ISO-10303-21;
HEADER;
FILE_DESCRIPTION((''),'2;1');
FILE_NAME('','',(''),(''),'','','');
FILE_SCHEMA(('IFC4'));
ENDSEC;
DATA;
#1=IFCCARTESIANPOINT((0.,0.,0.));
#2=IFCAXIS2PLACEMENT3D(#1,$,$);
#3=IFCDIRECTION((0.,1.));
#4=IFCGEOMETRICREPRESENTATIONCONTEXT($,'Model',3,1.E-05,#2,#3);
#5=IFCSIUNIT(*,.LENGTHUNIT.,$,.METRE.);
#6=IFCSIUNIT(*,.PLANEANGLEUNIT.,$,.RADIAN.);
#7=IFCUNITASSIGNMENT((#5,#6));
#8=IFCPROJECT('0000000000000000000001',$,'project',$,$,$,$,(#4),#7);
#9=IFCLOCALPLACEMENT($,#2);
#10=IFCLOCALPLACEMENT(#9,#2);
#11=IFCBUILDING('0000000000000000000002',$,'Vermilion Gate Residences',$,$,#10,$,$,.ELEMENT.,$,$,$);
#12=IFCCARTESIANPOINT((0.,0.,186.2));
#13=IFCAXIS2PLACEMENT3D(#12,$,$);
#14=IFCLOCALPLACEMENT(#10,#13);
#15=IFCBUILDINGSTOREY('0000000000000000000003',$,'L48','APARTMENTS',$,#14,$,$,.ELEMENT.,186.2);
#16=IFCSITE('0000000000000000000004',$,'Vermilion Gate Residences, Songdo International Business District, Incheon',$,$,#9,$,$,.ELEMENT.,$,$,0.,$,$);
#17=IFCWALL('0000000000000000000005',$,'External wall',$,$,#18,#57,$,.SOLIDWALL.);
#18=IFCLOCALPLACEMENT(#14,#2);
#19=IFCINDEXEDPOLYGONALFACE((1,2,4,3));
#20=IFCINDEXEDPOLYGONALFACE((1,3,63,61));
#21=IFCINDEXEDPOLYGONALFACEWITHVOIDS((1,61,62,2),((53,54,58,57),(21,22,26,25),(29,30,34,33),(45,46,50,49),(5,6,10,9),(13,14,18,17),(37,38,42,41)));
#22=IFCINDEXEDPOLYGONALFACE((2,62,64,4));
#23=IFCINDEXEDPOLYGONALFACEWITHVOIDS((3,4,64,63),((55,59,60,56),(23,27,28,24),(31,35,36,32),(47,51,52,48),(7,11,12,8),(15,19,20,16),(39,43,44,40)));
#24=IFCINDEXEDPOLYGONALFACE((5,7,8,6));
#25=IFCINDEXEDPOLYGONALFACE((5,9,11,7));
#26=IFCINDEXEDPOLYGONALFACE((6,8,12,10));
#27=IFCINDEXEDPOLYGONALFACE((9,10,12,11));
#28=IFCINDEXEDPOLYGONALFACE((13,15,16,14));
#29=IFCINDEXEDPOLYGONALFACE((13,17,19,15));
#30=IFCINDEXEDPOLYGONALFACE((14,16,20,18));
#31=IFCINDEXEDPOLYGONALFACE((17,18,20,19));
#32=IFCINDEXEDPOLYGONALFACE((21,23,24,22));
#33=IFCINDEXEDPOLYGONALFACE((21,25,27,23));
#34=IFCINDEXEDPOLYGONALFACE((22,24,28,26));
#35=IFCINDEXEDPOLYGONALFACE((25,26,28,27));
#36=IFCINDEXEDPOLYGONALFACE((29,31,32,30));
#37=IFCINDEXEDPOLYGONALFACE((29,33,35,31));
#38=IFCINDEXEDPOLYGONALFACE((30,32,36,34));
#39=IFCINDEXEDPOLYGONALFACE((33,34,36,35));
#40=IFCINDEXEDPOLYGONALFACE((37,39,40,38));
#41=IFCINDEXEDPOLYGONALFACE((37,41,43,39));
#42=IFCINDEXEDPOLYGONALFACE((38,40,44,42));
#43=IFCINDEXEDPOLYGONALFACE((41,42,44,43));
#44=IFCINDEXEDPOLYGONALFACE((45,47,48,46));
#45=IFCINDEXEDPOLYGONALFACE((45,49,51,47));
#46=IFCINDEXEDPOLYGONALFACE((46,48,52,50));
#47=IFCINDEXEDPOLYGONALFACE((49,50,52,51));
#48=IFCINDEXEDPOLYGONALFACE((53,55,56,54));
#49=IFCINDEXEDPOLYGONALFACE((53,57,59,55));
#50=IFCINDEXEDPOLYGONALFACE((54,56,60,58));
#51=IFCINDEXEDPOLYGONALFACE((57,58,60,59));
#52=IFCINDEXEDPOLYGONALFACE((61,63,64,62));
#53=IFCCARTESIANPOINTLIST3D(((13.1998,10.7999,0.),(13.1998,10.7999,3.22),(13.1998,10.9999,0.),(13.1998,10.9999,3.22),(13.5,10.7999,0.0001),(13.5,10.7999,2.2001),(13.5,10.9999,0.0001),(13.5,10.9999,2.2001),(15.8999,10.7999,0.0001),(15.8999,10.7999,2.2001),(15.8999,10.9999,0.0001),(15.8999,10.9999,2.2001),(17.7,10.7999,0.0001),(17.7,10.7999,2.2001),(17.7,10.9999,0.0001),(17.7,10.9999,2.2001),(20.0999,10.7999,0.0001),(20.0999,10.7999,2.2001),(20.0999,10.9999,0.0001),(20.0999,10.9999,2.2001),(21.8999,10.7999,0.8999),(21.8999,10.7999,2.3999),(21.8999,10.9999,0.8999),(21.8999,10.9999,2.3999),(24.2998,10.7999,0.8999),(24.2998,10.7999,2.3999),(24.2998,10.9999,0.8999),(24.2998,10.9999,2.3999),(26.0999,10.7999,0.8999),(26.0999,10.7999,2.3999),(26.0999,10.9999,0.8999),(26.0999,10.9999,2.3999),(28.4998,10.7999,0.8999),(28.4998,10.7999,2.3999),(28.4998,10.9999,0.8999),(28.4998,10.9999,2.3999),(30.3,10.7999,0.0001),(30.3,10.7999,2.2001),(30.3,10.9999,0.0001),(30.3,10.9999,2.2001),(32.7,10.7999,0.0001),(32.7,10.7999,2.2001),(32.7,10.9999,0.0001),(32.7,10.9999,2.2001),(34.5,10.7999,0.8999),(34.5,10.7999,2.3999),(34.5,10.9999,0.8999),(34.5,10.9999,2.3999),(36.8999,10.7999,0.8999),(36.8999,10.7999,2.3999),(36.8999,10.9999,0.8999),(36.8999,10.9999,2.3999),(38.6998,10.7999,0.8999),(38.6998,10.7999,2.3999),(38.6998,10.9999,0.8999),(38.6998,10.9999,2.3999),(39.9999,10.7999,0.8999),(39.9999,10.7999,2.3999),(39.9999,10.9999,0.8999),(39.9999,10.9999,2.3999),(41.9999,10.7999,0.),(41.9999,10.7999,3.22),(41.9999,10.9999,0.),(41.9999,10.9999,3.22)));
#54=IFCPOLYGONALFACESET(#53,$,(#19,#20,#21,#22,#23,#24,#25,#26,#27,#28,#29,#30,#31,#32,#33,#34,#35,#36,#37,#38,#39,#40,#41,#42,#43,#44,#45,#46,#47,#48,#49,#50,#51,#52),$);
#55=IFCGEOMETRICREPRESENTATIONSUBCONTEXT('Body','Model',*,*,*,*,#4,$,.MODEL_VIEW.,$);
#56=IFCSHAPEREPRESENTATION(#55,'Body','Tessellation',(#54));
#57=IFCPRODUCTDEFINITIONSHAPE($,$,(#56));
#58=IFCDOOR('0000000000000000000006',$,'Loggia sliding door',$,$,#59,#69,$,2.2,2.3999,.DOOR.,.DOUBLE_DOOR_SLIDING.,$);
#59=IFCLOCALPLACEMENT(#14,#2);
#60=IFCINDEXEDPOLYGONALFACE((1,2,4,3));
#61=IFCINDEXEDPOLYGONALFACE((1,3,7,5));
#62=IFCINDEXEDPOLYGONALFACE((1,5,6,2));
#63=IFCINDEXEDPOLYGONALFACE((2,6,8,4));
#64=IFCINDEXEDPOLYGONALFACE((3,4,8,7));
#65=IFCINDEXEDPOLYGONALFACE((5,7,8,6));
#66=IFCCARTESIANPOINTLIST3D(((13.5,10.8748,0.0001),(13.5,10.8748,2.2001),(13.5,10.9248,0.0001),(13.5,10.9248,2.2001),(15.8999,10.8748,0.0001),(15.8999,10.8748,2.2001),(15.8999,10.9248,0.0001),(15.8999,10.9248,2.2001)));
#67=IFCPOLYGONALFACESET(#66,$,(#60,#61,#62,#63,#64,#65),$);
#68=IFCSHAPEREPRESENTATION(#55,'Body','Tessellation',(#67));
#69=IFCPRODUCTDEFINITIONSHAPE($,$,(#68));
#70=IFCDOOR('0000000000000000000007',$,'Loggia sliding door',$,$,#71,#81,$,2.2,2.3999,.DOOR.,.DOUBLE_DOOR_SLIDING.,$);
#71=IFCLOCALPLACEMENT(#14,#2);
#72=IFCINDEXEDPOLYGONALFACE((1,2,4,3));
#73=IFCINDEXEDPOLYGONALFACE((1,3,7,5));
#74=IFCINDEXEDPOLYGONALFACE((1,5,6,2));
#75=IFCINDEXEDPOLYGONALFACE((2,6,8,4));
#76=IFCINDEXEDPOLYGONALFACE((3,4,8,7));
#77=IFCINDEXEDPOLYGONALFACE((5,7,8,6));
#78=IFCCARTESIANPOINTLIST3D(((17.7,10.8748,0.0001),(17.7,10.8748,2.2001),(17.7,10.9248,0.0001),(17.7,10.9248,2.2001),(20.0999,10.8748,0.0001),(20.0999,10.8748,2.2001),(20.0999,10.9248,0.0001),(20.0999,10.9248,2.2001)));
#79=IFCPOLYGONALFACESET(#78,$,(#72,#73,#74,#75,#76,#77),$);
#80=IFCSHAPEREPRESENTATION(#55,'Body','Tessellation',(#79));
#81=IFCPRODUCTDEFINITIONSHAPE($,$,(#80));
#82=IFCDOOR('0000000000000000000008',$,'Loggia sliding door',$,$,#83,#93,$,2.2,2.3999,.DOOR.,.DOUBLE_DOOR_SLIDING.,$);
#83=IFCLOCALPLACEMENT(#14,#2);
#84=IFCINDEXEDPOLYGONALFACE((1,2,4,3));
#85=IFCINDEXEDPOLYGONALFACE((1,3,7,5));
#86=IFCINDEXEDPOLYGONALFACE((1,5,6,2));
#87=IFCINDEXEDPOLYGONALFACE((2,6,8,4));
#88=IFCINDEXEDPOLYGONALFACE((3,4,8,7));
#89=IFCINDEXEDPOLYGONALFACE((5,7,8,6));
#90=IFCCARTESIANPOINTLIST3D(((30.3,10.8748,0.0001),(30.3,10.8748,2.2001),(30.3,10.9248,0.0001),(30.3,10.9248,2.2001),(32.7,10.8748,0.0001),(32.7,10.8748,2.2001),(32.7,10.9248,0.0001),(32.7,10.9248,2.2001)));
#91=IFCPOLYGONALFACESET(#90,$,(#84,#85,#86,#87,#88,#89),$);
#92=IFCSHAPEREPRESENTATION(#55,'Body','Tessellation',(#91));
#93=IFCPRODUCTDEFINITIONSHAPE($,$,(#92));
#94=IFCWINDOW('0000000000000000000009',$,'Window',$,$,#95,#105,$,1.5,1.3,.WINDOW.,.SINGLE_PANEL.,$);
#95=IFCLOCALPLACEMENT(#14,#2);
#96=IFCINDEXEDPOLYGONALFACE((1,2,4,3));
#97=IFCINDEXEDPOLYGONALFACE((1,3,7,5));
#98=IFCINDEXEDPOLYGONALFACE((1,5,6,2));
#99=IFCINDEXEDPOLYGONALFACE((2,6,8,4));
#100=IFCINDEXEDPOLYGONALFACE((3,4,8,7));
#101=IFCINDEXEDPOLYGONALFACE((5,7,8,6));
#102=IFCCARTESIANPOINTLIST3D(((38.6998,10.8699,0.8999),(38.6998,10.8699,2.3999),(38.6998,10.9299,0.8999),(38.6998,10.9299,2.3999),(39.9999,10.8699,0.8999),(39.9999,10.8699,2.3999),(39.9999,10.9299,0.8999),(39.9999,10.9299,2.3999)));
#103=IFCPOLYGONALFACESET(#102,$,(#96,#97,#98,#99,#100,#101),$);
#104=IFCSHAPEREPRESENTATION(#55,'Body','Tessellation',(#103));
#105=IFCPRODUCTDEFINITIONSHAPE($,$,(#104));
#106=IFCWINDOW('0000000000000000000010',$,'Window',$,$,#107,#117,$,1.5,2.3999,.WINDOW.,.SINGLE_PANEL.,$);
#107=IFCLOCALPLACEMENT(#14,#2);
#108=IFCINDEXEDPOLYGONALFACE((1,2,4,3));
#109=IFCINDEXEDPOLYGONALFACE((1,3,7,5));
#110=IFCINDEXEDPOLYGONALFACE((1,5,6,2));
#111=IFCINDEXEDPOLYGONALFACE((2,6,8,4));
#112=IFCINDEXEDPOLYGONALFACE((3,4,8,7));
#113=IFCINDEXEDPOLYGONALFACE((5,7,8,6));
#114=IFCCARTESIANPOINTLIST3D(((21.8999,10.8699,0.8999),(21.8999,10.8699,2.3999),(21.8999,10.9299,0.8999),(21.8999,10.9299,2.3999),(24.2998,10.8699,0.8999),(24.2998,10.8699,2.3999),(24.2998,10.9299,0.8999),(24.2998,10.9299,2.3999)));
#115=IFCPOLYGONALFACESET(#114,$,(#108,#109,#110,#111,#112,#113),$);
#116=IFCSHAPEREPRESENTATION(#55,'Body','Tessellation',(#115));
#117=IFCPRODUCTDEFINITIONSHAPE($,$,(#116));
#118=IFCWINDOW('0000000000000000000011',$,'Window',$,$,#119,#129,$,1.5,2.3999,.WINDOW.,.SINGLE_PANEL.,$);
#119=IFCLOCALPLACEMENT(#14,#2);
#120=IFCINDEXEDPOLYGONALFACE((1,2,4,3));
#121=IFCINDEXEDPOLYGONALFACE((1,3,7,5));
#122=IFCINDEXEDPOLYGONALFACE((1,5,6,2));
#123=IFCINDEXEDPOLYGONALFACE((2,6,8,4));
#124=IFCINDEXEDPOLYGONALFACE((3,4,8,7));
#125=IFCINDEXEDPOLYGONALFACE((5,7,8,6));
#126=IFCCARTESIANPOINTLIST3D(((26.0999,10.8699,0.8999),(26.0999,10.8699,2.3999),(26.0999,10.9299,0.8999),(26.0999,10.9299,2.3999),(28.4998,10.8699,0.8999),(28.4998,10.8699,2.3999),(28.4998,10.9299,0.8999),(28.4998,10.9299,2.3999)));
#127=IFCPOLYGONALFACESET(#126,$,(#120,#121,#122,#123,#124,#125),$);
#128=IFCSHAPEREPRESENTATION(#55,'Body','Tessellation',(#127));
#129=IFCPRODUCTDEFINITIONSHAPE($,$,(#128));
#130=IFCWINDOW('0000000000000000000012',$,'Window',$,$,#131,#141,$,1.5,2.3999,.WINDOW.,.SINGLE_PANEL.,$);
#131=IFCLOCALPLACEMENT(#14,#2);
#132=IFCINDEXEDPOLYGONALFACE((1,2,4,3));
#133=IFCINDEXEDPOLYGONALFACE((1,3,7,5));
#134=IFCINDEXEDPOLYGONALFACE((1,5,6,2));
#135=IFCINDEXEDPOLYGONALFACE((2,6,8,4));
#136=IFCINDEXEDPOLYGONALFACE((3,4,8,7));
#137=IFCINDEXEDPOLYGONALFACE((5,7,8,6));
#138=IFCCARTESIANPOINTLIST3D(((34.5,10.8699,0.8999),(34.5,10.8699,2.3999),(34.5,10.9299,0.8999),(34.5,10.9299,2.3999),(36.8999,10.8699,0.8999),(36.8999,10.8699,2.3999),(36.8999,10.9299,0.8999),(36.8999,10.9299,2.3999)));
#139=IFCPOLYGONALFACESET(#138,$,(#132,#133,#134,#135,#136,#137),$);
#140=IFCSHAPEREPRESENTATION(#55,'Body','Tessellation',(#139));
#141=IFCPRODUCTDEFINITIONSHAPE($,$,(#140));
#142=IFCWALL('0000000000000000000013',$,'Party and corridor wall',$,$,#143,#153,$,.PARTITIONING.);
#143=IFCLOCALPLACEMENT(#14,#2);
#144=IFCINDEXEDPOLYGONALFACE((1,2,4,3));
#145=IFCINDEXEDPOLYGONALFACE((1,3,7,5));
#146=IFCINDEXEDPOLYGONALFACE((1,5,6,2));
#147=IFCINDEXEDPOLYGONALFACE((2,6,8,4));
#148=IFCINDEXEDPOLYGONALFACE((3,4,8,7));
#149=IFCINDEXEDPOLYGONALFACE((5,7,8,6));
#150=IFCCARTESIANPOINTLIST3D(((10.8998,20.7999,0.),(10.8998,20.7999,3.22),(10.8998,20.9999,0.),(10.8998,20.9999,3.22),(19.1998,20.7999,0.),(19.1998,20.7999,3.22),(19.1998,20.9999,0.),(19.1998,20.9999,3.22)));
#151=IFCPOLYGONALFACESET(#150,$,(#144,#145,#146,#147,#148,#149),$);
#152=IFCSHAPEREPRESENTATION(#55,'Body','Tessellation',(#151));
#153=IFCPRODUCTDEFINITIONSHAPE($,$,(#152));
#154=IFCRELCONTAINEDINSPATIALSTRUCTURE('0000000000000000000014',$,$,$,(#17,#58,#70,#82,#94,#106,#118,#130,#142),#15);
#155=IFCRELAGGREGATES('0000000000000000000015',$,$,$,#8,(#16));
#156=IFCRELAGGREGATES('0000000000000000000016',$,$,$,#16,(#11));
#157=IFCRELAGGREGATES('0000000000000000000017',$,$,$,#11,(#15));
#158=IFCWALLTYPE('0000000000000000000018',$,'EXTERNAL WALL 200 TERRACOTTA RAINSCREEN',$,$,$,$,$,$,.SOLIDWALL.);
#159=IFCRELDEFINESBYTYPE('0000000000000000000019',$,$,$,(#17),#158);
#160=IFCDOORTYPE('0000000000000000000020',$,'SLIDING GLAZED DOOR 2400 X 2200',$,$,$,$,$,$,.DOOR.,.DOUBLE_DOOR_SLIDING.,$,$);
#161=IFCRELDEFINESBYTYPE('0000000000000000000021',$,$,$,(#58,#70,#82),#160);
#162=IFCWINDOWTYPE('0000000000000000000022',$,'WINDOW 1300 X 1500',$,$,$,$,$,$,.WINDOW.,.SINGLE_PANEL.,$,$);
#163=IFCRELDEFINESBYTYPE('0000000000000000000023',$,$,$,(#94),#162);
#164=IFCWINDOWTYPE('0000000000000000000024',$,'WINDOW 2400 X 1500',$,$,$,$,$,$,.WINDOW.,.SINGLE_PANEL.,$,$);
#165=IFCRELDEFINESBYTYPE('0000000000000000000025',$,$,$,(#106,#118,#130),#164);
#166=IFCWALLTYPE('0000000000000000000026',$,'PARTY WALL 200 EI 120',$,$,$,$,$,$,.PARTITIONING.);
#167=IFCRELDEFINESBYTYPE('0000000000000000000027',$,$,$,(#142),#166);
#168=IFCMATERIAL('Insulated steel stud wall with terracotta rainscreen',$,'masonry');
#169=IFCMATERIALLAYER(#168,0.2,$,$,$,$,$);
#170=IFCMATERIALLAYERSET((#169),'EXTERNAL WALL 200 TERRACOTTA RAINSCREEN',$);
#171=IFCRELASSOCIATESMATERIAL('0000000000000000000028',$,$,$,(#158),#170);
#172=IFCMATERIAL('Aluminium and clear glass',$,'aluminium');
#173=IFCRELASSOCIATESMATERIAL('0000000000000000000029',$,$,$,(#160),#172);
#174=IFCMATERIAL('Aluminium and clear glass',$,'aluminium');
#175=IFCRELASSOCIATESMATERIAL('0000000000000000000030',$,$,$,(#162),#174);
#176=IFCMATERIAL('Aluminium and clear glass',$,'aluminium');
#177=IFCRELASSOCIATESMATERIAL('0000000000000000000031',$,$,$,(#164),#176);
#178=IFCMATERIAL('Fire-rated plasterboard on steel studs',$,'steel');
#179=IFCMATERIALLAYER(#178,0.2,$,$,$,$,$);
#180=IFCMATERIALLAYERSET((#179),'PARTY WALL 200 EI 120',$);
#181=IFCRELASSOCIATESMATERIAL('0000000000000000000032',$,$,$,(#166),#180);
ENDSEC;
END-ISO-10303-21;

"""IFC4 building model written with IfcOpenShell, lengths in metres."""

from ifc_helpers import new_model, si_unit, direction, frame, frame_2d, origin, place, context, subcontext, project, spatial, rectangle, extrude, material, layer, layer_set, type_object, element, fill, save


model = new_model("IFC4")

# Units and contexts
model_context = context("Model", 3, precision=1e-05, world=origin(), true_north=direction((0.0, 1.0)))
body_context = subcontext(model_context, "Body", "Model", "MODEL_VIEW")
ifc_project = project(units=[si_unit("LENGTHUNIT", "METRE"), si_unit("PLANEANGLEUNIT", "RADIAN")], contexts=[model_context])

# Site, building, storey
site_placement = place(None, origin())
site = spatial("IfcSite", under=ifc_project, at=site_placement, Name="Vermilion Gate Residences, Songdo International Business District, Incheon", CompositionType="ELEMENT", RefElevation=0.0)
building_placement = place(site_placement, origin())
building = spatial("IfcBuilding", under=site, at=building_placement, Name="Vermilion Gate Residences", CompositionType="ELEMENT")
storey_placement = place(building_placement, frame((0.0, 0.0, 186.2)))
storey = spatial("IfcBuildingStorey", under=building, at=storey_placement, Name="L48", Description="APARTMENTS", CompositionType="ELEMENT", Elevation=186.2)

# Shared definitions
ifc_material_1 = material(Name="Insulated steel stud wall with terracotta rainscreen", Category="masonry")
ifc_layer_1 = layer(ifc_material_1, 0.2)
ifc_layer_set_1 = layer_set([ifc_layer_1], Name="EXTERNAL WALL 200 TERRACOTTA RAINSCREEN")
wall_type_1 = type_object("IfcWallType", Name="EXTERNAL WALL 200 TERRACOTTA RAINSCREEN", PredefinedType="SOLIDWALL", material=ifc_layer_set_1)

# Wall, openings, doors, windows
wall_1_placement = place(storey_placement, frame((13.2, 10.8999, 0.0), z_axis=(0.0, 0.0, 1.0), x_axis=(1.0, 0.0, 0.0)))
wall_1 = element("IfcWall", 1, at=wall_1_placement, inside=storey, type_object=wall_type_1, Name="External wall", PredefinedType="SOLIDWALL", context=body_context, shape_type="SweptSolid", body=[
    extrude(rectangle(XDim=28.8, YDim=0.2, at=frame_2d((14.3999, 0.0))), origin(), (0.0, 0.0, 1.0), 3.22),
])
opening_1_placement = place(wall_1_placement, frame((0.3, 0.0, 0.0)))
opening_1 = element("IfcOpeningElement", 2, at=opening_1_placement, cuts=wall_1, PredefinedType="OPENING", context=body_context, shape_type="SweptSolid", body=[
    extrude(rectangle(XDim=2.3999, YDim=2.2, at=frame_2d((1.2, 1.1001))), frame((0.0, 0.1099, 0.0), z_axis=(0.0, -1.0, 0.0), x_axis=(1.0, 0.0, 0.0)), (0.0, 0.0, 1.0), 0.22),
])
opening_2_placement = place(wall_1_placement, frame((4.5, 0.0, 0.0)))
opening_2 = element("IfcOpeningElement", 3, at=opening_2_placement, cuts=wall_1, PredefinedType="OPENING", context=body_context, shape_type="SweptSolid", body=[
    extrude(rectangle(XDim=2.3999, YDim=2.2, at=frame_2d((1.2, 1.1001))), frame((0.0, 0.1099, 0.0), z_axis=(0.0, -1.0, 0.0), x_axis=(1.0, 0.0, 0.0)), (0.0, 0.0, 1.0), 0.22),
])
opening_3_placement = place(wall_1_placement, frame((8.7, 0.0, 0.8999)))
opening_3 = element("IfcOpeningElement", 4, at=opening_3_placement, cuts=wall_1, PredefinedType="OPENING", context=body_context, shape_type="SweptSolid", body=[
    extrude(rectangle(XDim=2.3999, YDim=1.5, at=frame_2d((1.2, 0.75))), frame((0.0, 0.1099, 0.0), z_axis=(0.0, -1.0, 0.0), x_axis=(1.0, 0.0, 0.0)), (0.0, 0.0, 1.0), 0.22),
])
opening_4_placement = place(wall_1_placement, frame((12.8999, 0.0, 0.8999)))
opening_4 = element("IfcOpeningElement", 5, at=opening_4_placement, cuts=wall_1, PredefinedType="OPENING", context=body_context, shape_type="SweptSolid", body=[
    extrude(rectangle(XDim=2.3999, YDim=1.5, at=frame_2d((1.2, 0.75))), frame((0.0, 0.1099, 0.0), z_axis=(0.0, -1.0, 0.0), x_axis=(1.0, 0.0, 0.0)), (0.0, 0.0, 1.0), 0.22),
])
opening_5_placement = place(wall_1_placement, frame((17.1001, 0.0, 0.0)))
opening_5 = element("IfcOpeningElement", 6, at=opening_5_placement, cuts=wall_1, PredefinedType="OPENING", context=body_context, shape_type="SweptSolid", body=[
    extrude(rectangle(XDim=2.3999, YDim=2.2, at=frame_2d((1.2, 1.1001))), frame((0.0, 0.1099, 0.0), z_axis=(0.0, -1.0, 0.0), x_axis=(1.0, 0.0, 0.0)), (0.0, 0.0, 1.0), 0.22),
])
opening_6_placement = place(wall_1_placement, frame((21.3, 0.0, 0.8999)))
opening_6 = element("IfcOpeningElement", 7, at=opening_6_placement, cuts=wall_1, PredefinedType="OPENING", context=body_context, shape_type="SweptSolid", body=[
    extrude(rectangle(XDim=2.3999, YDim=1.5, at=frame_2d((1.2, 0.75))), frame((0.0, 0.1099, 0.0), z_axis=(0.0, -1.0, 0.0), x_axis=(1.0, 0.0, 0.0)), (0.0, 0.0, 1.0), 0.22),
])
opening_7_placement = place(wall_1_placement, frame((25.5, 0.0, 0.8999)))
opening_7 = element("IfcOpeningElement", 8, at=opening_7_placement, cuts=wall_1, PredefinedType="OPENING", context=body_context, shape_type="SweptSolid", body=[
    extrude(rectangle(XDim=1.3, YDim=1.5, at=frame_2d((0.6499, 0.75))), frame((0.0, 0.1099, 0.0), z_axis=(0.0, -1.0, 0.0), x_axis=(1.0, 0.0, 0.0)), (0.0, 0.0, 1.0), 0.22),
])
ifc_material_2 = material(Name="Aluminium and clear glass", Category="aluminium")
door_type = type_object("IfcDoorType", Name="SLIDING GLAZED DOOR 2400 X 2200", OperationType="DOUBLE_DOOR_SLIDING", PredefinedType="DOOR", material=ifc_material_2)
door_1_placement = place(opening_1_placement, origin())
door_1 = element("IfcDoor", 9, at=door_1_placement, inside=storey, type_object=door_type, Name="Loggia sliding door", OperationType="DOUBLE_DOOR_SLIDING", OverallHeight=2.2, OverallWidth=2.3999, PredefinedType="DOOR", context=body_context, shape_type="SweptSolid", body=[
    extrude(rectangle(XDim=2.3999, YDim=2.2, at=frame_2d((1.2, 1.1001))), frame((0.0, 0.0249, 0.0), z_axis=(0.0, -1.0, 0.0), x_axis=(1.0, 0.0, 0.0)), (0.0, 0.0, 1.0), 0.05),
])
fill(opening_1, door_1)
door_2_placement = place(opening_2_placement, origin())
door_2 = element("IfcDoor", 10, at=door_2_placement, inside=storey, type_object=door_type, Name="Loggia sliding door", OperationType="DOUBLE_DOOR_SLIDING", OverallHeight=2.2, OverallWidth=2.3999, PredefinedType="DOOR", context=body_context, shape_type="SweptSolid", body=[
    extrude(rectangle(XDim=2.3999, YDim=2.2, at=frame_2d((1.2, 1.1001))), frame((0.0, 0.0249, 0.0), z_axis=(0.0, -1.0, 0.0), x_axis=(1.0, 0.0, 0.0)), (0.0, 0.0, 1.0), 0.05),
])
fill(opening_2, door_2)
door_3_placement = place(opening_5_placement, origin())
door_3 = element("IfcDoor", 11, at=door_3_placement, inside=storey, type_object=door_type, Name="Loggia sliding door", OperationType="DOUBLE_DOOR_SLIDING", OverallHeight=2.2, OverallWidth=2.3999, PredefinedType="DOOR", context=body_context, shape_type="SweptSolid", body=[
    extrude(rectangle(XDim=2.3999, YDim=2.2, at=frame_2d((1.2, 1.1001))), frame((0.0, 0.0249, 0.0), z_axis=(0.0, -1.0, 0.0), x_axis=(1.0, 0.0, 0.0)), (0.0, 0.0, 1.0), 0.05),
])
fill(opening_5, door_3)
ifc_material_3 = material(Name="Aluminium and clear glass", Category="aluminium")
window_type_1 = type_object("IfcWindowType", Name="WINDOW 1300 X 1500", PartitioningType="SINGLE_PANEL", PredefinedType="WINDOW", material=ifc_material_3)
window_1_placement = place(opening_7_placement, origin())
window_1 = element("IfcWindow", 12, at=window_1_placement, inside=storey, type_object=window_type_1, Name="Window", OverallHeight=1.5, OverallWidth=1.3, PartitioningType="SINGLE_PANEL", PredefinedType="WINDOW", context=body_context, shape_type="SweptSolid", body=[
    extrude(rectangle(XDim=1.3, YDim=1.5, at=frame_2d((0.6499, 0.75))), frame((0.0, 0.03, 0.0), z_axis=(0.0, -1.0, 0.0), x_axis=(1.0, 0.0, 0.0)), (0.0, 0.0, 1.0), 0.0601),
])
fill(opening_7, window_1)
ifc_material_4 = material(Name="Aluminium and clear glass", Category="aluminium")
window_type_2 = type_object("IfcWindowType", Name="WINDOW 2400 X 1500", PartitioningType="SINGLE_PANEL", PredefinedType="WINDOW", material=ifc_material_4)
window_2_placement = place(opening_3_placement, origin())
window_2 = element("IfcWindow", 13, at=window_2_placement, inside=storey, type_object=window_type_2, Name="Window", OverallHeight=1.5, OverallWidth=2.3999, PartitioningType="SINGLE_PANEL", PredefinedType="WINDOW", context=body_context, shape_type="SweptSolid", body=[
    extrude(rectangle(XDim=2.3999, YDim=1.5, at=frame_2d((1.2, 0.75))), frame((0.0, 0.03, 0.0), z_axis=(0.0, -1.0, 0.0), x_axis=(1.0, 0.0, 0.0)), (0.0, 0.0, 1.0), 0.0601),
])
fill(opening_3, window_2)
window_3_placement = place(opening_4_placement, origin())
window_3 = element("IfcWindow", 14, at=window_3_placement, inside=storey, type_object=window_type_2, Name="Window", OverallHeight=1.5, OverallWidth=2.3999, PartitioningType="SINGLE_PANEL", PredefinedType="WINDOW", context=body_context, shape_type="SweptSolid", body=[
    extrude(rectangle(XDim=2.3999, YDim=1.5, at=frame_2d((1.2, 0.75))), frame((0.0, 0.03, 0.0), z_axis=(0.0, -1.0, 0.0), x_axis=(1.0, 0.0, 0.0)), (0.0, 0.0, 1.0), 0.0601),
])
fill(opening_4, window_3)
window_4_placement = place(opening_6_placement, origin())
window_4 = element("IfcWindow", 15, at=window_4_placement, inside=storey, type_object=window_type_2, Name="Window", OverallHeight=1.5, OverallWidth=2.3999, PartitioningType="SINGLE_PANEL", PredefinedType="WINDOW", context=body_context, shape_type="SweptSolid", body=[
    extrude(rectangle(XDim=2.3999, YDim=1.5, at=frame_2d((1.2, 0.75))), frame((0.0, 0.03, 0.0), z_axis=(0.0, -1.0, 0.0), x_axis=(1.0, 0.0, 0.0)), (0.0, 0.0, 1.0), 0.0601),
])
fill(opening_6, window_4)

# Wall
ifc_material_5 = material(Name="Fire-rated plasterboard on steel studs", Category="steel")
ifc_layer_2 = layer(ifc_material_5, 0.2)
ifc_layer_set_2 = layer_set([ifc_layer_2], Name="PARTY WALL 200 EI 120")
wall_type_2 = type_object("IfcWallType", Name="PARTY WALL 200 EI 120", PredefinedType="PARTITIONING", material=ifc_layer_set_2)
wall_2_placement = place(storey_placement, frame((10.8999, 20.8999, 0.0), z_axis=(0.0, 0.0, 1.0), x_axis=(1.0, 0.0, 0.0)))
element("IfcWall", 16, at=wall_2_placement, inside=storey, type_object=wall_type_2, Name="Party and corridor wall", PredefinedType="PARTITIONING", context=body_context, shape_type="SweptSolid", body=[
    extrude(rectangle(XDim=8.3, YDim=0.2, at=frame_2d((4.1499, 0.0))), origin(), (0.0, 0.0, 1.0), 3.22),
])

save(model, "model.ifc")
